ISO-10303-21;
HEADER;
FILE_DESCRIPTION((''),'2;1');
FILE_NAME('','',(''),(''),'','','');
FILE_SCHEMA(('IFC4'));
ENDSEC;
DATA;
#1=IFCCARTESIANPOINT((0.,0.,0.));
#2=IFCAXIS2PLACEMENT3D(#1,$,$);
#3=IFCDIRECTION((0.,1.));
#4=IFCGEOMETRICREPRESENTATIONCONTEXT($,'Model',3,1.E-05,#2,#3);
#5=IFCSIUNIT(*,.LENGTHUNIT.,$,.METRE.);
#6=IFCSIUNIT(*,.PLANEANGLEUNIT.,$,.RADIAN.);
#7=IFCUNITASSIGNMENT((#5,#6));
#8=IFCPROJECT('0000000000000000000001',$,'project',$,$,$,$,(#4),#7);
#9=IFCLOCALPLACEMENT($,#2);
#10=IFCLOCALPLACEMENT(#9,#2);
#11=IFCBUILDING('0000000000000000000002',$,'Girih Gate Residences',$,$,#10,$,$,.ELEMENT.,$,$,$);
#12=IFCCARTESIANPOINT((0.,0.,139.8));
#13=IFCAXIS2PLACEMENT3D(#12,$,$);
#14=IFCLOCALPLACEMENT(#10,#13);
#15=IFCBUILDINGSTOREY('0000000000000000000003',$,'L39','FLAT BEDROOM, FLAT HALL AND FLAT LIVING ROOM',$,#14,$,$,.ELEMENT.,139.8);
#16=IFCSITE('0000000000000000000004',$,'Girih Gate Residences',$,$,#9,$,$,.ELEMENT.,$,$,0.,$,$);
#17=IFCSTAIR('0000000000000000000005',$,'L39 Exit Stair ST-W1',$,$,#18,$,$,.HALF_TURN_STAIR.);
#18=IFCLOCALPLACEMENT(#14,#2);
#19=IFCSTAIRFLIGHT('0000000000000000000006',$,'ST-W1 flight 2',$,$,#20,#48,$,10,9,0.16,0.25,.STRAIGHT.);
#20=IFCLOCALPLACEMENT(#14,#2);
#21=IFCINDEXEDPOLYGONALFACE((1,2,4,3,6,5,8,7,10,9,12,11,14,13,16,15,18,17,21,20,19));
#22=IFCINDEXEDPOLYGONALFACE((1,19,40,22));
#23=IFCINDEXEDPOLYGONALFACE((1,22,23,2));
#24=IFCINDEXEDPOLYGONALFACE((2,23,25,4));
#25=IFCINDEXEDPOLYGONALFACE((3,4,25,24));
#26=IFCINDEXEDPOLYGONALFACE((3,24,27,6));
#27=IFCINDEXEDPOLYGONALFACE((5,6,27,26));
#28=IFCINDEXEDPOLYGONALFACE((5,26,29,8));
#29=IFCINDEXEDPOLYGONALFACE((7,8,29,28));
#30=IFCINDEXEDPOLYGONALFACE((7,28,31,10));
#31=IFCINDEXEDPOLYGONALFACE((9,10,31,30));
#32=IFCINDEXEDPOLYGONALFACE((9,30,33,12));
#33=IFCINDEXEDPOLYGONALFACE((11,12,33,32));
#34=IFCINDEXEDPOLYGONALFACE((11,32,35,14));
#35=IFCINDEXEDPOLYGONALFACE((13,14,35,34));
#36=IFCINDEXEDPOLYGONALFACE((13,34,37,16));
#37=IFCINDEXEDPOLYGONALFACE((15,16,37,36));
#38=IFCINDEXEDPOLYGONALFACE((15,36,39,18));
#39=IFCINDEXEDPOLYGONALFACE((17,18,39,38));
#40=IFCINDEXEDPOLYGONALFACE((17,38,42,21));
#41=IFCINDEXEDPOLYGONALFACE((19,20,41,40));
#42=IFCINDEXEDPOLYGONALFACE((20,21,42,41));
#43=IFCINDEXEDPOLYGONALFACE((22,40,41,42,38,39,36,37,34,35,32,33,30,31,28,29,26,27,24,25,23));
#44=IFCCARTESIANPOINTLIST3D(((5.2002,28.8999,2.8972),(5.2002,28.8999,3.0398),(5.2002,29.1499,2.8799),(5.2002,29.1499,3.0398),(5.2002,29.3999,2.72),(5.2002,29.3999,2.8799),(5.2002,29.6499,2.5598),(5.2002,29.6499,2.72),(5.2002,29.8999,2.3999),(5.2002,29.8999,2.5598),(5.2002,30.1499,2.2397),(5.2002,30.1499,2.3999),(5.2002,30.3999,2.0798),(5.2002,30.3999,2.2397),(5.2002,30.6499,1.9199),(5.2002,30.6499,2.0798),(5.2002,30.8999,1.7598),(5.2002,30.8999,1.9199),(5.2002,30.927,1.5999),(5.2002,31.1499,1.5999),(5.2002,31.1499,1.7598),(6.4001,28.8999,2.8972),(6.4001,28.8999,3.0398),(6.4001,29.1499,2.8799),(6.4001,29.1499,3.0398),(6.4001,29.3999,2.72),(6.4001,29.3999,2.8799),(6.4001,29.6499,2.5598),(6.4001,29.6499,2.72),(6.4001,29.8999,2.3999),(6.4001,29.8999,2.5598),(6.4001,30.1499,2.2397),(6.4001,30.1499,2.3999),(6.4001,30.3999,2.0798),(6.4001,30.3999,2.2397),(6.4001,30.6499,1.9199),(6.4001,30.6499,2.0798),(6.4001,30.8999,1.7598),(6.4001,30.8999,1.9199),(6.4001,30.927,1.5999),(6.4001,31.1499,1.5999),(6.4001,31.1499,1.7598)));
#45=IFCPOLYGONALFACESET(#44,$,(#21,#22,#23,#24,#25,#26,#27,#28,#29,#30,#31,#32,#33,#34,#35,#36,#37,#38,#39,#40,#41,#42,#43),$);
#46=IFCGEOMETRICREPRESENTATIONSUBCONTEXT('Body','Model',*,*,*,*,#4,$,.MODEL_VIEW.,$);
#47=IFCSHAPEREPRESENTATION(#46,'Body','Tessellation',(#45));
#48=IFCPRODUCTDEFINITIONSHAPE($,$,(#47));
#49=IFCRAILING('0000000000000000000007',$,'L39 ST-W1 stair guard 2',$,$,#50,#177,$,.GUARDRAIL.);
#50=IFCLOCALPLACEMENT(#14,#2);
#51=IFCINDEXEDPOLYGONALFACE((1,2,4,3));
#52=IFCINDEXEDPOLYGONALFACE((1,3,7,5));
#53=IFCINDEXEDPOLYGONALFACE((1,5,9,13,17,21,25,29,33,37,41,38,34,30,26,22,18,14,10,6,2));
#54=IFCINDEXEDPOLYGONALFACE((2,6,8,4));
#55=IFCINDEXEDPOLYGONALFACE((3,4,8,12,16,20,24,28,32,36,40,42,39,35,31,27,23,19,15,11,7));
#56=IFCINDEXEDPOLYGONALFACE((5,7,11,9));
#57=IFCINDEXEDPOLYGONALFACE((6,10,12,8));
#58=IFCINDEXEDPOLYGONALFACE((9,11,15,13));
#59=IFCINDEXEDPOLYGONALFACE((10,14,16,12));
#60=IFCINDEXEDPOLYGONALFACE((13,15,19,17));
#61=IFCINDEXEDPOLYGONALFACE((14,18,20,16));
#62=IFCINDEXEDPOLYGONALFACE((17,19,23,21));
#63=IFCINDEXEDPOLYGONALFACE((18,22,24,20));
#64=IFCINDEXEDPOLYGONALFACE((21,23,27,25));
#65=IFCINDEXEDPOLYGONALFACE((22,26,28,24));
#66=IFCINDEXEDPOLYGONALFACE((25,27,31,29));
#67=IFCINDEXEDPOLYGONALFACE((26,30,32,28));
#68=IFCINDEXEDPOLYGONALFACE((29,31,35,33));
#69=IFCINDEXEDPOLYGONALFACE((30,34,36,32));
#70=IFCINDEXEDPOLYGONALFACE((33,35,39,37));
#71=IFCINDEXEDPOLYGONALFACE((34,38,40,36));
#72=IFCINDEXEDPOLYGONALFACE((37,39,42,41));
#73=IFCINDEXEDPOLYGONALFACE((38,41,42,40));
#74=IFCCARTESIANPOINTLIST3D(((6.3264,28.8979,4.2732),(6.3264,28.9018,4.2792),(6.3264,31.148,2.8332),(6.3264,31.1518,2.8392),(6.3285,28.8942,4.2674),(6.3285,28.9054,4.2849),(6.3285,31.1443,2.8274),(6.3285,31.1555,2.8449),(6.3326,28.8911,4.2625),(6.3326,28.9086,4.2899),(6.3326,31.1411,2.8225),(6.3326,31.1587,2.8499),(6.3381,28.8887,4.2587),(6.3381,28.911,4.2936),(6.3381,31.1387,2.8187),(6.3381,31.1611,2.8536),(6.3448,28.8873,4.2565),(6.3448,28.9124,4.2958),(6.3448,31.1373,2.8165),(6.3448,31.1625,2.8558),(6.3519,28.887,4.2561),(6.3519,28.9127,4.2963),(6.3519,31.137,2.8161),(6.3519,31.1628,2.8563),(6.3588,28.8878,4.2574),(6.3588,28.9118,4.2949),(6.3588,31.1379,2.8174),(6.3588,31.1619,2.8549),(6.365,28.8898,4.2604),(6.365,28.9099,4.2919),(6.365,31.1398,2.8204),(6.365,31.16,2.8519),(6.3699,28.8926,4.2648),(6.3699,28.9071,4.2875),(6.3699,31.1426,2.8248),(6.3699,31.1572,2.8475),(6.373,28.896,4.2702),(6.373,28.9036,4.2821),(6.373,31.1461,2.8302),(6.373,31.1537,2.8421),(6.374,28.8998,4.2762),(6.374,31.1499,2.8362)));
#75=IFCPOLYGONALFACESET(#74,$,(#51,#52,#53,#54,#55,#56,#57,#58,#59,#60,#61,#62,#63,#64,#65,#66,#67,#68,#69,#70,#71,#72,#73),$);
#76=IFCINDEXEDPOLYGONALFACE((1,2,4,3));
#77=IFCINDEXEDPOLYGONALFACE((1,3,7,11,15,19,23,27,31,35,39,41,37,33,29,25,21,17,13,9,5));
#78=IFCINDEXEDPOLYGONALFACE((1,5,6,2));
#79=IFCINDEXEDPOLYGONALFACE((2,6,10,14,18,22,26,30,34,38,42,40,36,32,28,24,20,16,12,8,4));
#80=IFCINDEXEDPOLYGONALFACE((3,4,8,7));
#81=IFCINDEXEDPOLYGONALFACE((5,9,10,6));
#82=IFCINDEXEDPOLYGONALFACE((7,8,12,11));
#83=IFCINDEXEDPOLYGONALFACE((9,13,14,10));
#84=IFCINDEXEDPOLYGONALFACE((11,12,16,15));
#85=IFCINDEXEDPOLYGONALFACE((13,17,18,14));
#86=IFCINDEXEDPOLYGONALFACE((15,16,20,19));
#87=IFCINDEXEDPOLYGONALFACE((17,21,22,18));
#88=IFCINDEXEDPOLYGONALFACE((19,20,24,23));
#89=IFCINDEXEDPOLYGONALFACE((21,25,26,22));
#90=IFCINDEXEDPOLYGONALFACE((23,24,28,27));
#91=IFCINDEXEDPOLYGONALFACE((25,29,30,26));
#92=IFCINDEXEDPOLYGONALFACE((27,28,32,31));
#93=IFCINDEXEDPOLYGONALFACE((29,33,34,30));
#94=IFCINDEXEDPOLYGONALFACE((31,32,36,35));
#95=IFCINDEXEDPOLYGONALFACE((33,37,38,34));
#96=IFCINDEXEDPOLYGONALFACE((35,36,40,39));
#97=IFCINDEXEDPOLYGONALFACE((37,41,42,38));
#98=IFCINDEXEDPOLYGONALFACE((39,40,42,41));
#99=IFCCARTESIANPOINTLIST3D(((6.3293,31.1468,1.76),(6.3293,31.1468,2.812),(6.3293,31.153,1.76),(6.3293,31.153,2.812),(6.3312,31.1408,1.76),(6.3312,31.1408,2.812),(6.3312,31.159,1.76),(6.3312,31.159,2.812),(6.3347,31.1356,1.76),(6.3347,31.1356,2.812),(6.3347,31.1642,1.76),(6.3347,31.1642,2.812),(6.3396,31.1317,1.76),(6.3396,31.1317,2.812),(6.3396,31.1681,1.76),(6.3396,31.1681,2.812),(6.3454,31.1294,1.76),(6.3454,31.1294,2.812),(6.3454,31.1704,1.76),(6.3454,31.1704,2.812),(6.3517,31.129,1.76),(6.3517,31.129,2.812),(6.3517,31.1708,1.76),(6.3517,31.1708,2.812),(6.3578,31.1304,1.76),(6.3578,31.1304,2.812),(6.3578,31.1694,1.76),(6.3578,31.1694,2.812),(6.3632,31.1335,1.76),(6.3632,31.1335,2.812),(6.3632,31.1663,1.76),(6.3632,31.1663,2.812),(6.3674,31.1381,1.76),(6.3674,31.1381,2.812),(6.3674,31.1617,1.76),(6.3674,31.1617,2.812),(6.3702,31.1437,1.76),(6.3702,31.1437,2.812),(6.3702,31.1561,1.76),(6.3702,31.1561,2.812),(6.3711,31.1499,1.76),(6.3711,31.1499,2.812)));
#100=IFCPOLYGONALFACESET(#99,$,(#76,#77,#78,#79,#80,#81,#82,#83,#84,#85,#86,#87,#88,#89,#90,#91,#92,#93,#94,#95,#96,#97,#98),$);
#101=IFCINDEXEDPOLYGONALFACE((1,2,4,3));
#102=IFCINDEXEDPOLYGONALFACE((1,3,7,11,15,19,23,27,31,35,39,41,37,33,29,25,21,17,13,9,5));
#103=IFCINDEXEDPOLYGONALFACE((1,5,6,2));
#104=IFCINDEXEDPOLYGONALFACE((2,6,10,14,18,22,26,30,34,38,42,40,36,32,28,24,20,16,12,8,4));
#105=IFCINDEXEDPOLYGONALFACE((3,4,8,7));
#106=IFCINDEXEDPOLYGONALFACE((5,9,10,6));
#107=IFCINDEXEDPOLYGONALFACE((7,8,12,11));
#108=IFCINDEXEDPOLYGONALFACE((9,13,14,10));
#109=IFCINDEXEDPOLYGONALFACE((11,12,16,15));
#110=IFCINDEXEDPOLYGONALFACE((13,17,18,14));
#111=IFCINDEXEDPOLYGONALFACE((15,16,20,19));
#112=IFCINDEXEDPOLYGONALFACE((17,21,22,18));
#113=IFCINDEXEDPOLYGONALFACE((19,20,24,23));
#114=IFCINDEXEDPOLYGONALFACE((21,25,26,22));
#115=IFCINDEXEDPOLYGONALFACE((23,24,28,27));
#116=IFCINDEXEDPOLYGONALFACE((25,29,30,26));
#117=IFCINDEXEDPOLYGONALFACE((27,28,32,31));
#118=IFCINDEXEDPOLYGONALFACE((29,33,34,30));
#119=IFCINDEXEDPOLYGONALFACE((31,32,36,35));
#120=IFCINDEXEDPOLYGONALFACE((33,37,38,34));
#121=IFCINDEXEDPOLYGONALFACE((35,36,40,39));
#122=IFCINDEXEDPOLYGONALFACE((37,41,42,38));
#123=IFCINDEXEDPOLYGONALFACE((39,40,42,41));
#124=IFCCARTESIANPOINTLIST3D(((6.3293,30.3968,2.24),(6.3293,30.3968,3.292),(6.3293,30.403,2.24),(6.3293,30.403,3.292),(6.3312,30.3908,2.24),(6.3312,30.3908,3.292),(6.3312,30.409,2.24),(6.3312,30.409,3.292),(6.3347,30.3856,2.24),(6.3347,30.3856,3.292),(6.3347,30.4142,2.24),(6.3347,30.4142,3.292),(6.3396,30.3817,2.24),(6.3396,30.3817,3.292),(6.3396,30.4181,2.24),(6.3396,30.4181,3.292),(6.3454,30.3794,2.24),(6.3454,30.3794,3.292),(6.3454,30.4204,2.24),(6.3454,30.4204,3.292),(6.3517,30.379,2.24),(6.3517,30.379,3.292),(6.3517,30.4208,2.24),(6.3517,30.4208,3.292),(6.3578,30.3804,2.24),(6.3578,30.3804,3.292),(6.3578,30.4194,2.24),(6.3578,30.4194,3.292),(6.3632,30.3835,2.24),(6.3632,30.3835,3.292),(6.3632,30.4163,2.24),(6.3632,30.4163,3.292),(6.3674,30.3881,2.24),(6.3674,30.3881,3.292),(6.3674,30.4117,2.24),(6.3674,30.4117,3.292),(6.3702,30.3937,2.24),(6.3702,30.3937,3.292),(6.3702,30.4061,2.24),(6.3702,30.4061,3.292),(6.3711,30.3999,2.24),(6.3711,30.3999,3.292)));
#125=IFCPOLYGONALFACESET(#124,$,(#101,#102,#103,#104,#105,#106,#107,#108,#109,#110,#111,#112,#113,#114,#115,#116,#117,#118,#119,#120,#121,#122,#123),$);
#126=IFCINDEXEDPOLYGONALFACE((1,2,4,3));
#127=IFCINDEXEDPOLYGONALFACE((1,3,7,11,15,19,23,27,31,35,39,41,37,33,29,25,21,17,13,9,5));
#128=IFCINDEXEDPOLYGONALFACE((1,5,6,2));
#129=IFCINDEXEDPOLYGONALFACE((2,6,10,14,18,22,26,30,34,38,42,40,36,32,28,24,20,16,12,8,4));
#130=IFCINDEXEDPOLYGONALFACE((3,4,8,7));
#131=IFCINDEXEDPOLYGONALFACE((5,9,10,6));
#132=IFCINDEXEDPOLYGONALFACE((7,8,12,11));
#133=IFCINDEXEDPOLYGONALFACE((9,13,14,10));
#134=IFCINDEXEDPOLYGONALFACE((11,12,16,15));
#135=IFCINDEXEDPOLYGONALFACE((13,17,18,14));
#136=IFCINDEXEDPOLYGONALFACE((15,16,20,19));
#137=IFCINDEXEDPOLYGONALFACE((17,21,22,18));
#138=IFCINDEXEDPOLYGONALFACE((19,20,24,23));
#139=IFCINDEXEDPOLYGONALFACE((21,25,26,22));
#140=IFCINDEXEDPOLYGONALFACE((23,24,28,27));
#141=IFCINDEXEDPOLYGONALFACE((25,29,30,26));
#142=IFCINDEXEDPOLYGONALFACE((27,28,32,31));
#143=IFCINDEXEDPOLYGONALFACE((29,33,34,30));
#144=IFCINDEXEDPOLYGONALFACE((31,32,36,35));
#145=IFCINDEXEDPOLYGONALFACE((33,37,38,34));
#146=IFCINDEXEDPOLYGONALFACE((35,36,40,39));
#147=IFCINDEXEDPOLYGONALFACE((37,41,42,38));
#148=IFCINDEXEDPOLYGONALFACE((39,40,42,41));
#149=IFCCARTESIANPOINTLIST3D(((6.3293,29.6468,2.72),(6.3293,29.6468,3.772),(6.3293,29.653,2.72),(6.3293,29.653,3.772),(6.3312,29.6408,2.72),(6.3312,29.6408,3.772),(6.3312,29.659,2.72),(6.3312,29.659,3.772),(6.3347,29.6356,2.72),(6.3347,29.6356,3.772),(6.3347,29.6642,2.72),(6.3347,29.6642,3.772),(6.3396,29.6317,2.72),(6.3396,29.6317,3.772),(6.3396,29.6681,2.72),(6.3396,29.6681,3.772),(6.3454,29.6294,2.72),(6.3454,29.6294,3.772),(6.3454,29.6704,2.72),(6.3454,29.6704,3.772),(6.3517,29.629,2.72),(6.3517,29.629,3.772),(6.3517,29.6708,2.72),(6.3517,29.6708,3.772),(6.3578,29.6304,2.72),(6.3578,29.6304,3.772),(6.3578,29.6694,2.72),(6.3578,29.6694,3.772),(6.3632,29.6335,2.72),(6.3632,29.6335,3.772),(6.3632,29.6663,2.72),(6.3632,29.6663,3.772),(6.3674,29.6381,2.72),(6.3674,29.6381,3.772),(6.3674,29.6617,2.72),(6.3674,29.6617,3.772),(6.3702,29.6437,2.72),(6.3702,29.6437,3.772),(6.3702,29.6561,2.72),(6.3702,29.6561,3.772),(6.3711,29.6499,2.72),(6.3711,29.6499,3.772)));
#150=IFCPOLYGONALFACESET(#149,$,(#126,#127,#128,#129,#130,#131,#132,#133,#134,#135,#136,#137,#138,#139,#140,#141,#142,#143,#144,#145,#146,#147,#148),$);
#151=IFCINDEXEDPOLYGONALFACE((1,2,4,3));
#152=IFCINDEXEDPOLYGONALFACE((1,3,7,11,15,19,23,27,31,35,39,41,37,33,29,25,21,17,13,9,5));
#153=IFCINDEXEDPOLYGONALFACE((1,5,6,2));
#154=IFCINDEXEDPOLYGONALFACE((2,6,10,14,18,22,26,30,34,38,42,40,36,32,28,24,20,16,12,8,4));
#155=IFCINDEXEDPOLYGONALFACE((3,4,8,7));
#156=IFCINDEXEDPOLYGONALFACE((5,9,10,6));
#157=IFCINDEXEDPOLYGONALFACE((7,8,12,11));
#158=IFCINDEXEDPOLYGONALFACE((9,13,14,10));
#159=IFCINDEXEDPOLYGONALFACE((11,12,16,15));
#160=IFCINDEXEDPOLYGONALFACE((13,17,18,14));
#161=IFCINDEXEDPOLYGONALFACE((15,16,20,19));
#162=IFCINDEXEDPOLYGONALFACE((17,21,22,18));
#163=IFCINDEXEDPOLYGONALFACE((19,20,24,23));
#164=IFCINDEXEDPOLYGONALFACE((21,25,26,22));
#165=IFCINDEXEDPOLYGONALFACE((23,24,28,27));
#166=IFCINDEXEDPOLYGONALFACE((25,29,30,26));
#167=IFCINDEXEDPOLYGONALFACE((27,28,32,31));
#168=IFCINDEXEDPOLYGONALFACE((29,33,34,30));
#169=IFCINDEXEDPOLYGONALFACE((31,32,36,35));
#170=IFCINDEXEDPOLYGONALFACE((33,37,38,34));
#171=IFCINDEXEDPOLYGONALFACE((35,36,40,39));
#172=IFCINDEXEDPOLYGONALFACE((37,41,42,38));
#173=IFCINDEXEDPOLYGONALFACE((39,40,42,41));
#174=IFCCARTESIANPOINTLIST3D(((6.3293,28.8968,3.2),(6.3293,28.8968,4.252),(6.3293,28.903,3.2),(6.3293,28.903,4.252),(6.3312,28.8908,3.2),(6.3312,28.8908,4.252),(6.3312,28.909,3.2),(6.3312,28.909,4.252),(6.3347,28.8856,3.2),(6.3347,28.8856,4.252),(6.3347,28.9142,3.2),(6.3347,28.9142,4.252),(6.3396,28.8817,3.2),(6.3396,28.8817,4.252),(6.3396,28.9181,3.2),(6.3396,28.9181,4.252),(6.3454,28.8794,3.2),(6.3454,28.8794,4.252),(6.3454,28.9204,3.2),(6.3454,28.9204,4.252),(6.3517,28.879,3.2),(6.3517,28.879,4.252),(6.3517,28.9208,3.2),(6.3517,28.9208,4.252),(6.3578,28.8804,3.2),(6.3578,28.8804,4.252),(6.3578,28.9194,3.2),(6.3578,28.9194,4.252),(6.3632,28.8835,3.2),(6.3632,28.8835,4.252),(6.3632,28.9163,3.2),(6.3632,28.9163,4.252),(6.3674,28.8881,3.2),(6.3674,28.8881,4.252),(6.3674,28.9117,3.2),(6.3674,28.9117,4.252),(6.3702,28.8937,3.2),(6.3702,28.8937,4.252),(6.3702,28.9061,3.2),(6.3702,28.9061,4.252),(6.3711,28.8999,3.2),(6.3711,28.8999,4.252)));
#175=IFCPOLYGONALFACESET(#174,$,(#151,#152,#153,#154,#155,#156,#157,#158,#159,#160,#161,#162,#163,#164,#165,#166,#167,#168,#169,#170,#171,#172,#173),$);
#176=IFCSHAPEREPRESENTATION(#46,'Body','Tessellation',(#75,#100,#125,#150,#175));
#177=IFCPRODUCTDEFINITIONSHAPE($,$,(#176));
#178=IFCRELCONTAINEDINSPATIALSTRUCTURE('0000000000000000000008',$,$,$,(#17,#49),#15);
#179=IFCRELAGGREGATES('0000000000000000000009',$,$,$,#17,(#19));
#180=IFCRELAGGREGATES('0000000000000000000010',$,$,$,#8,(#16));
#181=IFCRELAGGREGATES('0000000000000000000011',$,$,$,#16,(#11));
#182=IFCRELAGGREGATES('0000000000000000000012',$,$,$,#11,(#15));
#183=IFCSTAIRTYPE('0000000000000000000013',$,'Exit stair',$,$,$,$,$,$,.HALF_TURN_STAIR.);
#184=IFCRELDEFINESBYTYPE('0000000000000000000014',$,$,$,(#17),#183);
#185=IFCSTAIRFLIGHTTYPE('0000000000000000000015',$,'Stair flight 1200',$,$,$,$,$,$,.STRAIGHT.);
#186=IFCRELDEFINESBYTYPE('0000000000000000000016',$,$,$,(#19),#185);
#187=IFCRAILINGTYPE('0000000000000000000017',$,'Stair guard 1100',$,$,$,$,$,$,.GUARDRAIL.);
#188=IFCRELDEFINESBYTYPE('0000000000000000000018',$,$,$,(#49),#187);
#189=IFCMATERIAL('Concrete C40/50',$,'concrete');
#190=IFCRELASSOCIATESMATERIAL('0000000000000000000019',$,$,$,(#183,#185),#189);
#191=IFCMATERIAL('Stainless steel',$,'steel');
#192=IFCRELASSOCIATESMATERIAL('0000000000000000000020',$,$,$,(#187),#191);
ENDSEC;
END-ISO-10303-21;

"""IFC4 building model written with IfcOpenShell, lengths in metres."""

from ifc_helpers import new_model, si_unit, direction, frame, origin, origin_2d, place, context, subcontext, project, spatial, polyline, circle, outline, extrude, material, type_object, element, aggregate, save


model = new_model("IFC4")

# Units and contexts
model_context = context("Model", 3, precision=1e-05, world=origin(), true_north=direction((0.0, 1.0)))
body_context = subcontext(model_context, "Body", "Model", "MODEL_VIEW")
ifc_project = project(units=[si_unit("LENGTHUNIT", "METRE"), si_unit("PLANEANGLEUNIT", "RADIAN")], contexts=[model_context])

# Site, building, storey
site_placement = place(None, origin())
site = spatial("IfcSite", under=ifc_project, at=site_placement, Name="Girih Gate Residences", CompositionType="ELEMENT", RefElevation=0.0)
building_placement = place(site_placement, origin())
building = spatial("IfcBuilding", under=site, at=building_placement, Name="Girih Gate Residences", CompositionType="ELEMENT")
storey_placement = place(building_placement, frame((0.0, 0.0, 139.8)))
storey = spatial("IfcBuildingStorey", under=building, at=storey_placement, Name="L39", Description="FLAT BEDROOM, FLAT HALL AND FLAT LIVING ROOM", CompositionType="ELEMENT", Elevation=139.8)

# Shared definitions
ifc_material_1 = material(Name="Concrete C40/50", Category="concrete")

# Shared definitions
ifc_material_2 = material(Name="Stainless steel", Category="steel")

# Stair, stair flight
stair_type = type_object("IfcStairType", Name="Exit stair", PredefinedType="HALF_TURN_STAIR", material=ifc_material_1)
stair_placement = place(storey_placement, origin())
stair = element("IfcStair", 1, at=stair_placement, inside=storey, type_object=stair_type, Name="L39 Exit Stair ST-W1", PredefinedType="HALF_TURN_STAIR")
stair_flight_type = type_object("IfcStairFlightType", Name="Stair flight 1200", PredefinedType="STRAIGHT", material=ifc_material_1)
stair_flight_placement = place(storey_placement, frame((5.8, 31.1499, 1.5999), z_axis=(0.0, 0.0, 1.0), x_axis=(0.0, -1.0, 0.0)))
stair_flight = element("IfcStairFlight", 2, at=stair_flight_placement, type_object=stair_flight_type, Name="ST-W1 flight 2", NumberOfRisers=10, NumberOfTreads=9, PredefinedType="STRAIGHT", RiserHeight=0.16, TreadLength=0.25, context=body_context, shape_type="SweptSolid", body=[
    extrude(outline(polyline([(0.0, 0.0), (0.0, 0.1599), (0.25, 0.1599), (0.25, 0.3201), (0.5, 0.3201), (0.5, 0.48), (0.75, 0.48), (0.75, 0.6399), (1.0, 0.6399), (1.0, 0.8), (1.25, 0.8), (1.25, 0.96), (1.5, 0.96), (1.5, 1.1201), (1.75, 1.1201), (1.75, 1.28), (2.0, 1.28), (2.0, 1.4399), (2.25, 1.4399), (2.25, 1.6001), (2.25, 1.2974), (0.2229, 0.0), (0.0, 0.0)])), frame((0.0, 0.6001, 0.0), z_axis=(0.0, -1.0, 0.0), x_axis=(1.0, 0.0, 0.0)), (0.0, 0.0, 1.0), 1.2),
])
aggregate(stair, [stair_flight])

# Railing
railing_type_1 = type_object("IfcRailingType", Name="Stair guard 1100", PredefinedType="GUARDRAIL", material=ifc_material_2)
railing_1_placement = place(storey_placement, frame((6.3501, 31.1499, 1.76)))
element("IfcRailing", 3, at=railing_1_placement, inside=storey, type_object=railing_type_1, Name="L39 ST-W1 stair guard 2", PredefinedType="GUARDRAIL", context=body_context, shape_type="SweptSolid", body=[
    extrude(circle(Radius=0.0239, at=origin_2d()), frame((0.0, 0.0, 1.0762), z_axis=(0.0, -0.842281, 0.539038), x_axis=(1.0, 0.0, 0.0)), (0.0, 0.0, 1.0), 2.6714),
    extrude(circle(Radius=0.021, at=origin_2d()), origin(), (0.0, 0.0, 1.0), 1.052),
    extrude(circle(Radius=0.021, at=origin_2d()), frame((0.0, -0.75, 0.48)), (0.0, 0.0, 1.0), 1.052),
    extrude(circle(Radius=0.021, at=origin_2d()), frame((0.0, -1.5, 0.96)), (0.0, 0.0, 1.0), 1.052),
    extrude(circle(Radius=0.021, at=origin_2d()), frame((0.0, -2.25, 1.4399)), (0.0, 0.0, 1.0), 1.052),
])

save(model, "model.ifc")
